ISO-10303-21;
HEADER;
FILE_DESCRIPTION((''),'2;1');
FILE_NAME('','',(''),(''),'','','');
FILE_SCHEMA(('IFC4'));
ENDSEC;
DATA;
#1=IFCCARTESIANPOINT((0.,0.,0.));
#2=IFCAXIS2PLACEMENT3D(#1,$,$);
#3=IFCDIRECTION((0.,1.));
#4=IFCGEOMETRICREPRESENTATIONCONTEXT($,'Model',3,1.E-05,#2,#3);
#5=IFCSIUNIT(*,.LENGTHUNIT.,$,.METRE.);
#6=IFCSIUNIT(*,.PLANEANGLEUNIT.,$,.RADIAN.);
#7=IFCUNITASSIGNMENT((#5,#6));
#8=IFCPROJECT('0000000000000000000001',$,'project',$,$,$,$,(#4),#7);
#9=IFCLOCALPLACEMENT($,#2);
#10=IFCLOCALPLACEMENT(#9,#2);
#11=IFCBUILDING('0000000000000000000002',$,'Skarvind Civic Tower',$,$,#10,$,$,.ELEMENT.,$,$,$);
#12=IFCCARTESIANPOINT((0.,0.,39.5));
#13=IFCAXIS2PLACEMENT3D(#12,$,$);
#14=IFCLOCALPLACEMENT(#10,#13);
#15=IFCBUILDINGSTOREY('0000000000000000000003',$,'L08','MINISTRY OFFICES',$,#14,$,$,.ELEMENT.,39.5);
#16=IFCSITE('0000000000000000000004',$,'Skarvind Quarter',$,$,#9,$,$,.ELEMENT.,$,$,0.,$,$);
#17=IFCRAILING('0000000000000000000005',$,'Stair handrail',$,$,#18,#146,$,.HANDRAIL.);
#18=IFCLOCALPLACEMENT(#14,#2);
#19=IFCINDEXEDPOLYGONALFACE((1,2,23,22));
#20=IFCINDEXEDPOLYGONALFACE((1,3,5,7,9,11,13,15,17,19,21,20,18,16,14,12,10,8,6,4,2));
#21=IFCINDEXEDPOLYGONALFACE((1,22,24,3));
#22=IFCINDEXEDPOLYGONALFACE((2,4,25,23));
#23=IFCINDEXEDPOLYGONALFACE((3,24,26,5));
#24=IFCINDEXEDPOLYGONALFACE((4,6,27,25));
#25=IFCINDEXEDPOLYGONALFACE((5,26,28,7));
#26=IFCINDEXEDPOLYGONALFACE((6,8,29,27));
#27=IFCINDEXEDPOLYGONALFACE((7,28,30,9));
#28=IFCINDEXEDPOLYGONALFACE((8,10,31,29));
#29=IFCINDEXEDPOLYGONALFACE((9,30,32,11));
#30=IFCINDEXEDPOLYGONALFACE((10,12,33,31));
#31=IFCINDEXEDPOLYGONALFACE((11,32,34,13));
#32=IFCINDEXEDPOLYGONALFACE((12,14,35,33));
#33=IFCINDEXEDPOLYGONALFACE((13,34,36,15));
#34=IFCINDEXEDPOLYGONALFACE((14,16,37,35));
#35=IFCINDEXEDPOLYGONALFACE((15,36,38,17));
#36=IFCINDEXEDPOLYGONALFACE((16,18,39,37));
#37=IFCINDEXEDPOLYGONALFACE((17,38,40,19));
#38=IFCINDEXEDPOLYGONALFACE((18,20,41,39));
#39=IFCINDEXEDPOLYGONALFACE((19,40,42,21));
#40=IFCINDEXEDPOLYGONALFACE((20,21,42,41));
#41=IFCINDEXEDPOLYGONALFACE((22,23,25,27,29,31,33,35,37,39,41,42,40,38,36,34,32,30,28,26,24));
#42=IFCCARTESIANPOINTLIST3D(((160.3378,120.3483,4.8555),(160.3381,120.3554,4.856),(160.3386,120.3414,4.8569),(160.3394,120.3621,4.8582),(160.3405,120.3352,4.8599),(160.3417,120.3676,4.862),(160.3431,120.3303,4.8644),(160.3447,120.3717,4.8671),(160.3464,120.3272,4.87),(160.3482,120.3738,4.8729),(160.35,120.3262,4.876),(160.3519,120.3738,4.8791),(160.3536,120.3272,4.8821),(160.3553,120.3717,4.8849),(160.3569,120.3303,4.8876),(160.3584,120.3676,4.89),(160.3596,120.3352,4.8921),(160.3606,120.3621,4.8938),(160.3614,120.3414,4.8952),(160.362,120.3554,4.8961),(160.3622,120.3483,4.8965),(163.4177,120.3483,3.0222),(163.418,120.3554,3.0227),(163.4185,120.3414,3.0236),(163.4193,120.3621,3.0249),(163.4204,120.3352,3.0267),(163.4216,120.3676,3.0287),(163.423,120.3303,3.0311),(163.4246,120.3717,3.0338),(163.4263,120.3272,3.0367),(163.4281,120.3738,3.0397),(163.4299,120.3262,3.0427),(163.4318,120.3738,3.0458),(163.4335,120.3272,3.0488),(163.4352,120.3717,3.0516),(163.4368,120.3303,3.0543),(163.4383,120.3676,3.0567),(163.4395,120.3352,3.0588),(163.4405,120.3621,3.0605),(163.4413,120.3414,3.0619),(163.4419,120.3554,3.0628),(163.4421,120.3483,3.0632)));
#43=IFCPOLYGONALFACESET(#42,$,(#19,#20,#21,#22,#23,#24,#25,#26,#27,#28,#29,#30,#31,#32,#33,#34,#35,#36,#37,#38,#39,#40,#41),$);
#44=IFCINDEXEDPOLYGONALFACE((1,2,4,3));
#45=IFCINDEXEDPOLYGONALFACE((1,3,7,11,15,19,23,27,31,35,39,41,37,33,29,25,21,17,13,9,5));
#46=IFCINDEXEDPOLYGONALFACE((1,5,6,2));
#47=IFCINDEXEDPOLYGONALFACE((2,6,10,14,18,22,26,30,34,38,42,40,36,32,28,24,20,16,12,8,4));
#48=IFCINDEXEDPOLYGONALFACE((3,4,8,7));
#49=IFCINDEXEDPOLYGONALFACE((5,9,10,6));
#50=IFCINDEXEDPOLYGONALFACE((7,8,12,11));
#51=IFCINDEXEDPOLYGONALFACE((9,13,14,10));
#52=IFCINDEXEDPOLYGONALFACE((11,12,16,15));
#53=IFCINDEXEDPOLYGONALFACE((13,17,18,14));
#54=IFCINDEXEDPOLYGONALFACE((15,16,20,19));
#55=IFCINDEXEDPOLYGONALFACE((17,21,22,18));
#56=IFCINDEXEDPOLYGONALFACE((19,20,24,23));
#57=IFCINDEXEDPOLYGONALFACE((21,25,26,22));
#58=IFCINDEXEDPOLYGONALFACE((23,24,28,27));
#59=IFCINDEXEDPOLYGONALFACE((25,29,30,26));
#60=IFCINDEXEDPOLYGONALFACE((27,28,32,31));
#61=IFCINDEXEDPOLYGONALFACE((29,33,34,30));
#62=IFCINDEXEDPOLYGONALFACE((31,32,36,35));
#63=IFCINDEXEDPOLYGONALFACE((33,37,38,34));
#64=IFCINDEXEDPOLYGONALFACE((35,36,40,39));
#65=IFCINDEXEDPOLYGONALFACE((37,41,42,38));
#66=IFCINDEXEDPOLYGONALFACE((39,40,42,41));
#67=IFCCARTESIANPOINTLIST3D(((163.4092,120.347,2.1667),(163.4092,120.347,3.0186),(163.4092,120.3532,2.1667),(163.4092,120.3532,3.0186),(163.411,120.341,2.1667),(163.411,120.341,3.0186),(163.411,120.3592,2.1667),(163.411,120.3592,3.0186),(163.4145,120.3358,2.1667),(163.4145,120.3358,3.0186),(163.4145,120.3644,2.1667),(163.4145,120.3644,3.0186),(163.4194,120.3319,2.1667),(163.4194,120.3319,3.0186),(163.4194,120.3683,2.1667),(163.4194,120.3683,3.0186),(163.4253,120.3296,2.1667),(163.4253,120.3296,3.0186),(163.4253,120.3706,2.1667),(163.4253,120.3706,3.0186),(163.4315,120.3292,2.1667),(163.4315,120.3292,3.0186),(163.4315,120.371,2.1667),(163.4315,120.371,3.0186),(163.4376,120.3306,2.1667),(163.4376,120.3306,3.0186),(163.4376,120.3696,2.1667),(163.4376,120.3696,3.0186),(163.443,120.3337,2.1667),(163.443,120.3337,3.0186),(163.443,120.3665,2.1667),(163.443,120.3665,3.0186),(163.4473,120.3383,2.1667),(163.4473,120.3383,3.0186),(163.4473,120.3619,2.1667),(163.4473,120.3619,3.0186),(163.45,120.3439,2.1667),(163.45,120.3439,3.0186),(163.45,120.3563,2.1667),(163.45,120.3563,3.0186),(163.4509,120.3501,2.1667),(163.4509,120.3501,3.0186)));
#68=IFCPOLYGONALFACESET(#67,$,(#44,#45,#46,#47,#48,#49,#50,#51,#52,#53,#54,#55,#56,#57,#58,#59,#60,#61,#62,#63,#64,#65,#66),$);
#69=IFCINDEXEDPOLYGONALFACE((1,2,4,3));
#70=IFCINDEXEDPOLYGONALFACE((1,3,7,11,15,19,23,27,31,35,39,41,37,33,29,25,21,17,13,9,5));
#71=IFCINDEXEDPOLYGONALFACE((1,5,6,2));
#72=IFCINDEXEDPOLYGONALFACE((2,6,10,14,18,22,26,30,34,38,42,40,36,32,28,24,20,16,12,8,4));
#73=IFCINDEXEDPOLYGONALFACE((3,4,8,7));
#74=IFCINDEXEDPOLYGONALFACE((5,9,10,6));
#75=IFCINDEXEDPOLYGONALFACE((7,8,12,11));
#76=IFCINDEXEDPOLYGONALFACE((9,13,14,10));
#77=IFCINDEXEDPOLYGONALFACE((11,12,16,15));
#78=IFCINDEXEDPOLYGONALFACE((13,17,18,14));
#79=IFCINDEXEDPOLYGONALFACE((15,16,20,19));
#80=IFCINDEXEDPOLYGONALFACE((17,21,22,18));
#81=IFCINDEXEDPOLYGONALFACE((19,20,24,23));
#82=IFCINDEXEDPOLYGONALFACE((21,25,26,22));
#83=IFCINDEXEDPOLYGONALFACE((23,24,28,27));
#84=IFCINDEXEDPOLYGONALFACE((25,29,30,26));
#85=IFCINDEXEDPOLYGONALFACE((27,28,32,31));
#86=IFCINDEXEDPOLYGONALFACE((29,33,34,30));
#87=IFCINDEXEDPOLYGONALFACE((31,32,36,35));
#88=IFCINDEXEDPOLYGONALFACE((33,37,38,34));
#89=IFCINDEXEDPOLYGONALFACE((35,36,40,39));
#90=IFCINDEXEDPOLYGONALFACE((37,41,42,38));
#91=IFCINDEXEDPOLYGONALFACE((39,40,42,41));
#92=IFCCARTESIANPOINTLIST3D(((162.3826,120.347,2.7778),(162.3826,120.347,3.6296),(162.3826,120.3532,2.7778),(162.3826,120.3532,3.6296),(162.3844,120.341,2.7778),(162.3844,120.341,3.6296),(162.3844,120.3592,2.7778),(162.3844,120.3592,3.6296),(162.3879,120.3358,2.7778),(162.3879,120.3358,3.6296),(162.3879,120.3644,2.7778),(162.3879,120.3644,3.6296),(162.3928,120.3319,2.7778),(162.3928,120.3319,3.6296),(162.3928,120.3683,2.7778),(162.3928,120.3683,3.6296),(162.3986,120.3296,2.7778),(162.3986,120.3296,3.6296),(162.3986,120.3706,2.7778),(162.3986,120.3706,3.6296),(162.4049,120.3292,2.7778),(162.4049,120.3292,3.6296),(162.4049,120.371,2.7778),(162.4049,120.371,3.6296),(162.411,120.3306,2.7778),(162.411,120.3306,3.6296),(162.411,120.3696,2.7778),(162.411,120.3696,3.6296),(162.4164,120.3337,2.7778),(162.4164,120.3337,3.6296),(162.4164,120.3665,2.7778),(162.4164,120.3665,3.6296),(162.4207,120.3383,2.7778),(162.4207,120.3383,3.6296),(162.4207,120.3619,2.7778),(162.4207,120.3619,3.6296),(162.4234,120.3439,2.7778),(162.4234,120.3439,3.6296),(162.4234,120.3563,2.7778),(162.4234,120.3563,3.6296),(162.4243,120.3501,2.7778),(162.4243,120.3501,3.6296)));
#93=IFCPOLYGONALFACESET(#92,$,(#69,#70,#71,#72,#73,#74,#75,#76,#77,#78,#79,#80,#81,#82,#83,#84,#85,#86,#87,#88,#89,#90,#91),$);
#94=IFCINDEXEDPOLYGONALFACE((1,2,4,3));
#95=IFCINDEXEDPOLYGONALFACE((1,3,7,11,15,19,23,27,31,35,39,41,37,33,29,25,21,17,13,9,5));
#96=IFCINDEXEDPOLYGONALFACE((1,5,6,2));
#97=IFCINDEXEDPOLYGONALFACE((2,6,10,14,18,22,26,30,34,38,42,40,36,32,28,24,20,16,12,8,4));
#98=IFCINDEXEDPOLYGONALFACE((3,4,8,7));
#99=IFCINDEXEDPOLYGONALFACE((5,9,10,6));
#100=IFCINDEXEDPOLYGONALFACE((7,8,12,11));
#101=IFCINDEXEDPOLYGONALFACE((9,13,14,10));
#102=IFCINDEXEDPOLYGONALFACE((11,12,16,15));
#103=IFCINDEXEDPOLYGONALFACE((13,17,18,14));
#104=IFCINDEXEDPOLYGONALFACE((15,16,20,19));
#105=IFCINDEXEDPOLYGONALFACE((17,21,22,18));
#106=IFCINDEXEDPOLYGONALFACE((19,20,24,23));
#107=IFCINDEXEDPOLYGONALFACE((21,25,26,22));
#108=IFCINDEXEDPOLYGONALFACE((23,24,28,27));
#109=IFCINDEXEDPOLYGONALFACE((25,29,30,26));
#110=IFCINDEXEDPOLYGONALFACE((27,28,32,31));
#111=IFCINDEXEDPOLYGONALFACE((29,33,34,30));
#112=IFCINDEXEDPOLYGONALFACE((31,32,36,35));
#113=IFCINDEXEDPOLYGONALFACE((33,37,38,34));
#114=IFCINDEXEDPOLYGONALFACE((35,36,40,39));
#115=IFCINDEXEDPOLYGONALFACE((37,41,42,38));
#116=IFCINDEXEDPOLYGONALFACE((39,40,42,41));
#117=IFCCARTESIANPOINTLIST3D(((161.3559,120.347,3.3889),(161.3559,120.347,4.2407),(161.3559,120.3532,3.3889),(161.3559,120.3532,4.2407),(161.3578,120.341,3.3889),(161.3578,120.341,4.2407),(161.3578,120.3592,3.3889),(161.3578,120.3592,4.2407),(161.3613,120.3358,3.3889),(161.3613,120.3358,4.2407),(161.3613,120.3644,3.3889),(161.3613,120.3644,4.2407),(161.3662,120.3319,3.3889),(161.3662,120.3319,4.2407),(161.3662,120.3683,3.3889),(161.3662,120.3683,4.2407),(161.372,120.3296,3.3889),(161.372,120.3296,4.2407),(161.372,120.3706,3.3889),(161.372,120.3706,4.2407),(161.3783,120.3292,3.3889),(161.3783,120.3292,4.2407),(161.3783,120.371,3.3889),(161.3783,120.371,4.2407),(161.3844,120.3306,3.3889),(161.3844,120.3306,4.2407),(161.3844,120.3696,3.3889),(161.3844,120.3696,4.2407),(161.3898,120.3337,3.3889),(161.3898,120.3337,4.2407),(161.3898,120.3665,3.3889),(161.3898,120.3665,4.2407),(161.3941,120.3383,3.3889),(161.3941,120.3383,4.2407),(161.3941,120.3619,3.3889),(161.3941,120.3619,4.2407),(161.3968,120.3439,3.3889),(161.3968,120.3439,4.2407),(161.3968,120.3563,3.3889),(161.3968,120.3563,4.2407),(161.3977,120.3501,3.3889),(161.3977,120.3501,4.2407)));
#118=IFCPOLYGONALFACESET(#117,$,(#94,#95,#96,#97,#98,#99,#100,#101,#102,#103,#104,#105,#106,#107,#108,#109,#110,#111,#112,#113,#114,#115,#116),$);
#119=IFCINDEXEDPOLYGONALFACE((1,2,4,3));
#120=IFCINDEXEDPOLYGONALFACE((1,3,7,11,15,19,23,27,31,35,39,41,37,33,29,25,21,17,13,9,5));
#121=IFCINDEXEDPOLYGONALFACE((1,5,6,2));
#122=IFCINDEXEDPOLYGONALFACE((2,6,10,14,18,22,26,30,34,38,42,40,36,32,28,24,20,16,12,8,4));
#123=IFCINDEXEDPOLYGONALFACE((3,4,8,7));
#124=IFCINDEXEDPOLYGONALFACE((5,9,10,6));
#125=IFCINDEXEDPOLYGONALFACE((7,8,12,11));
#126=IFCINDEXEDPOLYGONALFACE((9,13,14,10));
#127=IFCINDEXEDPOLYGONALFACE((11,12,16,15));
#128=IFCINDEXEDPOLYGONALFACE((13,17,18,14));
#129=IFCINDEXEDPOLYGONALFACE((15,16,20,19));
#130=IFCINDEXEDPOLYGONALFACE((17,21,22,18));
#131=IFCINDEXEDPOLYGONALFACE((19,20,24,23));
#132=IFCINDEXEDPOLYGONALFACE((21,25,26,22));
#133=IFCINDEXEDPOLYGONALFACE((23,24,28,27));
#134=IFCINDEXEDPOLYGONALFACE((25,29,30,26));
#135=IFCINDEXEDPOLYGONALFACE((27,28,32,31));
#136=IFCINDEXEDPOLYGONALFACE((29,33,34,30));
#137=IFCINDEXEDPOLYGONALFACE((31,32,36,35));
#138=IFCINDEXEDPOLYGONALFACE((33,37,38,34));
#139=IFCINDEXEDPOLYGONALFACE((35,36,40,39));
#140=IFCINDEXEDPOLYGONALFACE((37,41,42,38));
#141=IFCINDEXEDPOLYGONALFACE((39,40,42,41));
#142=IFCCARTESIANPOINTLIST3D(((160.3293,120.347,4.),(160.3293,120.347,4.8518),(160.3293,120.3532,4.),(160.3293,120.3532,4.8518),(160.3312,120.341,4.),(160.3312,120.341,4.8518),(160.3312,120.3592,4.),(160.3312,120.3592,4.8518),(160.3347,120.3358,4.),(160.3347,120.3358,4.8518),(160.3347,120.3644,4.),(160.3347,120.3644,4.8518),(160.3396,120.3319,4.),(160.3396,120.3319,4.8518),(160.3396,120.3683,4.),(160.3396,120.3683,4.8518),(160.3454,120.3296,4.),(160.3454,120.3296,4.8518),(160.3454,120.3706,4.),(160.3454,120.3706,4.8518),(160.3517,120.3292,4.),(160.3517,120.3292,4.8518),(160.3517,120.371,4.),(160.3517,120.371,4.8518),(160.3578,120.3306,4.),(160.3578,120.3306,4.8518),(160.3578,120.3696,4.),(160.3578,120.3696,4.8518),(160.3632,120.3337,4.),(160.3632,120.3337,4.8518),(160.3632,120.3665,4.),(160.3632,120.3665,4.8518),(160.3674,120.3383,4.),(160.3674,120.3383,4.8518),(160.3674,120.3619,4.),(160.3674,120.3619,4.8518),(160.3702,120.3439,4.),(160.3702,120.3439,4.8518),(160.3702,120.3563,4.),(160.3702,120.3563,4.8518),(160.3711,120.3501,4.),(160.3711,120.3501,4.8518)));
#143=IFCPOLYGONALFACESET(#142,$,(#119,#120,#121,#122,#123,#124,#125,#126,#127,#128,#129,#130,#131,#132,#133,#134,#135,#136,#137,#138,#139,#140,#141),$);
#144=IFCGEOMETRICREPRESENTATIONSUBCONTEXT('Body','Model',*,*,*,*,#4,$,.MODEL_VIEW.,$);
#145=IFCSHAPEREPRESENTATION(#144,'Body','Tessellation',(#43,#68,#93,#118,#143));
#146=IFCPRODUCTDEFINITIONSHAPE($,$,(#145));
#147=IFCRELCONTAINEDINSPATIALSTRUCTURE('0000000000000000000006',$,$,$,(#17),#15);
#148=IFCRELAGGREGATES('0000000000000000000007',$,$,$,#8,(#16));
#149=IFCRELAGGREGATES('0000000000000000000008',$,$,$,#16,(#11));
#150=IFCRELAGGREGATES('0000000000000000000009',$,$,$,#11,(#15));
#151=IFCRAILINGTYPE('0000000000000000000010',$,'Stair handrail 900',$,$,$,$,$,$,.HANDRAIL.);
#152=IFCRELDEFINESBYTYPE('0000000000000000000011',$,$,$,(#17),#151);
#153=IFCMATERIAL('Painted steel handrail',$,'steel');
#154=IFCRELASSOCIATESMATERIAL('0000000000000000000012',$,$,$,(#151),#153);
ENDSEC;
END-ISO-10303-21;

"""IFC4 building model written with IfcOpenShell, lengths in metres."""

from ifc_helpers import new_model, si_unit, direction, frame, origin, origin_2d, place, context, subcontext, project, spatial, circle, extrude, material, type_object, element, save


model = new_model("IFC4")

# Units and contexts
model_context = context("Model", 3, precision=1e-05, world=origin(), true_north=direction((0.0, 1.0)))
body_context = subcontext(model_context, "Body", "Model", "MODEL_VIEW")
ifc_project = project(units=[si_unit("LENGTHUNIT", "METRE"), si_unit("PLANEANGLEUNIT", "RADIAN")], contexts=[model_context])

# Site, building, storey
site_placement = place(None, origin())
site = spatial("IfcSite", under=ifc_project, at=site_placement, Name="Skarvind Quarter", CompositionType="ELEMENT", RefElevation=0.0)
building_placement = place(site_placement, origin())
building = spatial("IfcBuilding", under=site, at=building_placement, Name="Skarvind Civic Tower", CompositionType="ELEMENT")
storey_placement = place(building_placement, frame((0.0, 0.0, 39.5)))
storey = spatial("IfcBuildingStorey", under=building, at=storey_placement, Name="L08", Description="MINISTRY OFFICES", CompositionType="ELEMENT", Elevation=39.5)

# Railing
ifc_material_1 = material(Name="Painted steel handrail", Category="steel")
railing_type = type_object("IfcRailingType", Name="Stair handrail 900", PredefinedType="HANDRAIL", material=ifc_material_1)
railing_placement = place(storey_placement, frame((163.4299, 120.3501, 2.1667)))
element("IfcRailing", 1, at=railing_placement, inside=storey, type_object=railing_type, Name="Stair handrail", PredefinedType="HANDRAIL", context=body_context, shape_type="SweptSolid", body=[
    extrude(circle(Radius=0.0239, at=origin_2d()), frame((0.0, 0.0, 0.876), z_axis=(-0.859291, 0.0, 0.511487), x_axis=(0.0, -1.0, 0.0)), (0.0, 0.0, 1.0), 3.5842),
    extrude(circle(Radius=0.021, at=origin_2d()), origin(), (0.0, 0.0, 1.0), 0.8518),
    extrude(circle(Radius=0.021, at=origin_2d()), frame((-1.0266, 0.0, 0.6111)), (0.0, 0.0, 1.0), 0.8518),
    extrude(circle(Radius=0.021, at=origin_2d()), frame((-2.0532, 0.0, 1.2222)), (0.0, 0.0, 1.0), 0.8518),
    extrude(circle(Radius=0.021, at=origin_2d()), frame((-3.0798, 0.0, 1.8333)), (0.0, 0.0, 1.0), 0.8518),
])

save(model, "model.ifc")
